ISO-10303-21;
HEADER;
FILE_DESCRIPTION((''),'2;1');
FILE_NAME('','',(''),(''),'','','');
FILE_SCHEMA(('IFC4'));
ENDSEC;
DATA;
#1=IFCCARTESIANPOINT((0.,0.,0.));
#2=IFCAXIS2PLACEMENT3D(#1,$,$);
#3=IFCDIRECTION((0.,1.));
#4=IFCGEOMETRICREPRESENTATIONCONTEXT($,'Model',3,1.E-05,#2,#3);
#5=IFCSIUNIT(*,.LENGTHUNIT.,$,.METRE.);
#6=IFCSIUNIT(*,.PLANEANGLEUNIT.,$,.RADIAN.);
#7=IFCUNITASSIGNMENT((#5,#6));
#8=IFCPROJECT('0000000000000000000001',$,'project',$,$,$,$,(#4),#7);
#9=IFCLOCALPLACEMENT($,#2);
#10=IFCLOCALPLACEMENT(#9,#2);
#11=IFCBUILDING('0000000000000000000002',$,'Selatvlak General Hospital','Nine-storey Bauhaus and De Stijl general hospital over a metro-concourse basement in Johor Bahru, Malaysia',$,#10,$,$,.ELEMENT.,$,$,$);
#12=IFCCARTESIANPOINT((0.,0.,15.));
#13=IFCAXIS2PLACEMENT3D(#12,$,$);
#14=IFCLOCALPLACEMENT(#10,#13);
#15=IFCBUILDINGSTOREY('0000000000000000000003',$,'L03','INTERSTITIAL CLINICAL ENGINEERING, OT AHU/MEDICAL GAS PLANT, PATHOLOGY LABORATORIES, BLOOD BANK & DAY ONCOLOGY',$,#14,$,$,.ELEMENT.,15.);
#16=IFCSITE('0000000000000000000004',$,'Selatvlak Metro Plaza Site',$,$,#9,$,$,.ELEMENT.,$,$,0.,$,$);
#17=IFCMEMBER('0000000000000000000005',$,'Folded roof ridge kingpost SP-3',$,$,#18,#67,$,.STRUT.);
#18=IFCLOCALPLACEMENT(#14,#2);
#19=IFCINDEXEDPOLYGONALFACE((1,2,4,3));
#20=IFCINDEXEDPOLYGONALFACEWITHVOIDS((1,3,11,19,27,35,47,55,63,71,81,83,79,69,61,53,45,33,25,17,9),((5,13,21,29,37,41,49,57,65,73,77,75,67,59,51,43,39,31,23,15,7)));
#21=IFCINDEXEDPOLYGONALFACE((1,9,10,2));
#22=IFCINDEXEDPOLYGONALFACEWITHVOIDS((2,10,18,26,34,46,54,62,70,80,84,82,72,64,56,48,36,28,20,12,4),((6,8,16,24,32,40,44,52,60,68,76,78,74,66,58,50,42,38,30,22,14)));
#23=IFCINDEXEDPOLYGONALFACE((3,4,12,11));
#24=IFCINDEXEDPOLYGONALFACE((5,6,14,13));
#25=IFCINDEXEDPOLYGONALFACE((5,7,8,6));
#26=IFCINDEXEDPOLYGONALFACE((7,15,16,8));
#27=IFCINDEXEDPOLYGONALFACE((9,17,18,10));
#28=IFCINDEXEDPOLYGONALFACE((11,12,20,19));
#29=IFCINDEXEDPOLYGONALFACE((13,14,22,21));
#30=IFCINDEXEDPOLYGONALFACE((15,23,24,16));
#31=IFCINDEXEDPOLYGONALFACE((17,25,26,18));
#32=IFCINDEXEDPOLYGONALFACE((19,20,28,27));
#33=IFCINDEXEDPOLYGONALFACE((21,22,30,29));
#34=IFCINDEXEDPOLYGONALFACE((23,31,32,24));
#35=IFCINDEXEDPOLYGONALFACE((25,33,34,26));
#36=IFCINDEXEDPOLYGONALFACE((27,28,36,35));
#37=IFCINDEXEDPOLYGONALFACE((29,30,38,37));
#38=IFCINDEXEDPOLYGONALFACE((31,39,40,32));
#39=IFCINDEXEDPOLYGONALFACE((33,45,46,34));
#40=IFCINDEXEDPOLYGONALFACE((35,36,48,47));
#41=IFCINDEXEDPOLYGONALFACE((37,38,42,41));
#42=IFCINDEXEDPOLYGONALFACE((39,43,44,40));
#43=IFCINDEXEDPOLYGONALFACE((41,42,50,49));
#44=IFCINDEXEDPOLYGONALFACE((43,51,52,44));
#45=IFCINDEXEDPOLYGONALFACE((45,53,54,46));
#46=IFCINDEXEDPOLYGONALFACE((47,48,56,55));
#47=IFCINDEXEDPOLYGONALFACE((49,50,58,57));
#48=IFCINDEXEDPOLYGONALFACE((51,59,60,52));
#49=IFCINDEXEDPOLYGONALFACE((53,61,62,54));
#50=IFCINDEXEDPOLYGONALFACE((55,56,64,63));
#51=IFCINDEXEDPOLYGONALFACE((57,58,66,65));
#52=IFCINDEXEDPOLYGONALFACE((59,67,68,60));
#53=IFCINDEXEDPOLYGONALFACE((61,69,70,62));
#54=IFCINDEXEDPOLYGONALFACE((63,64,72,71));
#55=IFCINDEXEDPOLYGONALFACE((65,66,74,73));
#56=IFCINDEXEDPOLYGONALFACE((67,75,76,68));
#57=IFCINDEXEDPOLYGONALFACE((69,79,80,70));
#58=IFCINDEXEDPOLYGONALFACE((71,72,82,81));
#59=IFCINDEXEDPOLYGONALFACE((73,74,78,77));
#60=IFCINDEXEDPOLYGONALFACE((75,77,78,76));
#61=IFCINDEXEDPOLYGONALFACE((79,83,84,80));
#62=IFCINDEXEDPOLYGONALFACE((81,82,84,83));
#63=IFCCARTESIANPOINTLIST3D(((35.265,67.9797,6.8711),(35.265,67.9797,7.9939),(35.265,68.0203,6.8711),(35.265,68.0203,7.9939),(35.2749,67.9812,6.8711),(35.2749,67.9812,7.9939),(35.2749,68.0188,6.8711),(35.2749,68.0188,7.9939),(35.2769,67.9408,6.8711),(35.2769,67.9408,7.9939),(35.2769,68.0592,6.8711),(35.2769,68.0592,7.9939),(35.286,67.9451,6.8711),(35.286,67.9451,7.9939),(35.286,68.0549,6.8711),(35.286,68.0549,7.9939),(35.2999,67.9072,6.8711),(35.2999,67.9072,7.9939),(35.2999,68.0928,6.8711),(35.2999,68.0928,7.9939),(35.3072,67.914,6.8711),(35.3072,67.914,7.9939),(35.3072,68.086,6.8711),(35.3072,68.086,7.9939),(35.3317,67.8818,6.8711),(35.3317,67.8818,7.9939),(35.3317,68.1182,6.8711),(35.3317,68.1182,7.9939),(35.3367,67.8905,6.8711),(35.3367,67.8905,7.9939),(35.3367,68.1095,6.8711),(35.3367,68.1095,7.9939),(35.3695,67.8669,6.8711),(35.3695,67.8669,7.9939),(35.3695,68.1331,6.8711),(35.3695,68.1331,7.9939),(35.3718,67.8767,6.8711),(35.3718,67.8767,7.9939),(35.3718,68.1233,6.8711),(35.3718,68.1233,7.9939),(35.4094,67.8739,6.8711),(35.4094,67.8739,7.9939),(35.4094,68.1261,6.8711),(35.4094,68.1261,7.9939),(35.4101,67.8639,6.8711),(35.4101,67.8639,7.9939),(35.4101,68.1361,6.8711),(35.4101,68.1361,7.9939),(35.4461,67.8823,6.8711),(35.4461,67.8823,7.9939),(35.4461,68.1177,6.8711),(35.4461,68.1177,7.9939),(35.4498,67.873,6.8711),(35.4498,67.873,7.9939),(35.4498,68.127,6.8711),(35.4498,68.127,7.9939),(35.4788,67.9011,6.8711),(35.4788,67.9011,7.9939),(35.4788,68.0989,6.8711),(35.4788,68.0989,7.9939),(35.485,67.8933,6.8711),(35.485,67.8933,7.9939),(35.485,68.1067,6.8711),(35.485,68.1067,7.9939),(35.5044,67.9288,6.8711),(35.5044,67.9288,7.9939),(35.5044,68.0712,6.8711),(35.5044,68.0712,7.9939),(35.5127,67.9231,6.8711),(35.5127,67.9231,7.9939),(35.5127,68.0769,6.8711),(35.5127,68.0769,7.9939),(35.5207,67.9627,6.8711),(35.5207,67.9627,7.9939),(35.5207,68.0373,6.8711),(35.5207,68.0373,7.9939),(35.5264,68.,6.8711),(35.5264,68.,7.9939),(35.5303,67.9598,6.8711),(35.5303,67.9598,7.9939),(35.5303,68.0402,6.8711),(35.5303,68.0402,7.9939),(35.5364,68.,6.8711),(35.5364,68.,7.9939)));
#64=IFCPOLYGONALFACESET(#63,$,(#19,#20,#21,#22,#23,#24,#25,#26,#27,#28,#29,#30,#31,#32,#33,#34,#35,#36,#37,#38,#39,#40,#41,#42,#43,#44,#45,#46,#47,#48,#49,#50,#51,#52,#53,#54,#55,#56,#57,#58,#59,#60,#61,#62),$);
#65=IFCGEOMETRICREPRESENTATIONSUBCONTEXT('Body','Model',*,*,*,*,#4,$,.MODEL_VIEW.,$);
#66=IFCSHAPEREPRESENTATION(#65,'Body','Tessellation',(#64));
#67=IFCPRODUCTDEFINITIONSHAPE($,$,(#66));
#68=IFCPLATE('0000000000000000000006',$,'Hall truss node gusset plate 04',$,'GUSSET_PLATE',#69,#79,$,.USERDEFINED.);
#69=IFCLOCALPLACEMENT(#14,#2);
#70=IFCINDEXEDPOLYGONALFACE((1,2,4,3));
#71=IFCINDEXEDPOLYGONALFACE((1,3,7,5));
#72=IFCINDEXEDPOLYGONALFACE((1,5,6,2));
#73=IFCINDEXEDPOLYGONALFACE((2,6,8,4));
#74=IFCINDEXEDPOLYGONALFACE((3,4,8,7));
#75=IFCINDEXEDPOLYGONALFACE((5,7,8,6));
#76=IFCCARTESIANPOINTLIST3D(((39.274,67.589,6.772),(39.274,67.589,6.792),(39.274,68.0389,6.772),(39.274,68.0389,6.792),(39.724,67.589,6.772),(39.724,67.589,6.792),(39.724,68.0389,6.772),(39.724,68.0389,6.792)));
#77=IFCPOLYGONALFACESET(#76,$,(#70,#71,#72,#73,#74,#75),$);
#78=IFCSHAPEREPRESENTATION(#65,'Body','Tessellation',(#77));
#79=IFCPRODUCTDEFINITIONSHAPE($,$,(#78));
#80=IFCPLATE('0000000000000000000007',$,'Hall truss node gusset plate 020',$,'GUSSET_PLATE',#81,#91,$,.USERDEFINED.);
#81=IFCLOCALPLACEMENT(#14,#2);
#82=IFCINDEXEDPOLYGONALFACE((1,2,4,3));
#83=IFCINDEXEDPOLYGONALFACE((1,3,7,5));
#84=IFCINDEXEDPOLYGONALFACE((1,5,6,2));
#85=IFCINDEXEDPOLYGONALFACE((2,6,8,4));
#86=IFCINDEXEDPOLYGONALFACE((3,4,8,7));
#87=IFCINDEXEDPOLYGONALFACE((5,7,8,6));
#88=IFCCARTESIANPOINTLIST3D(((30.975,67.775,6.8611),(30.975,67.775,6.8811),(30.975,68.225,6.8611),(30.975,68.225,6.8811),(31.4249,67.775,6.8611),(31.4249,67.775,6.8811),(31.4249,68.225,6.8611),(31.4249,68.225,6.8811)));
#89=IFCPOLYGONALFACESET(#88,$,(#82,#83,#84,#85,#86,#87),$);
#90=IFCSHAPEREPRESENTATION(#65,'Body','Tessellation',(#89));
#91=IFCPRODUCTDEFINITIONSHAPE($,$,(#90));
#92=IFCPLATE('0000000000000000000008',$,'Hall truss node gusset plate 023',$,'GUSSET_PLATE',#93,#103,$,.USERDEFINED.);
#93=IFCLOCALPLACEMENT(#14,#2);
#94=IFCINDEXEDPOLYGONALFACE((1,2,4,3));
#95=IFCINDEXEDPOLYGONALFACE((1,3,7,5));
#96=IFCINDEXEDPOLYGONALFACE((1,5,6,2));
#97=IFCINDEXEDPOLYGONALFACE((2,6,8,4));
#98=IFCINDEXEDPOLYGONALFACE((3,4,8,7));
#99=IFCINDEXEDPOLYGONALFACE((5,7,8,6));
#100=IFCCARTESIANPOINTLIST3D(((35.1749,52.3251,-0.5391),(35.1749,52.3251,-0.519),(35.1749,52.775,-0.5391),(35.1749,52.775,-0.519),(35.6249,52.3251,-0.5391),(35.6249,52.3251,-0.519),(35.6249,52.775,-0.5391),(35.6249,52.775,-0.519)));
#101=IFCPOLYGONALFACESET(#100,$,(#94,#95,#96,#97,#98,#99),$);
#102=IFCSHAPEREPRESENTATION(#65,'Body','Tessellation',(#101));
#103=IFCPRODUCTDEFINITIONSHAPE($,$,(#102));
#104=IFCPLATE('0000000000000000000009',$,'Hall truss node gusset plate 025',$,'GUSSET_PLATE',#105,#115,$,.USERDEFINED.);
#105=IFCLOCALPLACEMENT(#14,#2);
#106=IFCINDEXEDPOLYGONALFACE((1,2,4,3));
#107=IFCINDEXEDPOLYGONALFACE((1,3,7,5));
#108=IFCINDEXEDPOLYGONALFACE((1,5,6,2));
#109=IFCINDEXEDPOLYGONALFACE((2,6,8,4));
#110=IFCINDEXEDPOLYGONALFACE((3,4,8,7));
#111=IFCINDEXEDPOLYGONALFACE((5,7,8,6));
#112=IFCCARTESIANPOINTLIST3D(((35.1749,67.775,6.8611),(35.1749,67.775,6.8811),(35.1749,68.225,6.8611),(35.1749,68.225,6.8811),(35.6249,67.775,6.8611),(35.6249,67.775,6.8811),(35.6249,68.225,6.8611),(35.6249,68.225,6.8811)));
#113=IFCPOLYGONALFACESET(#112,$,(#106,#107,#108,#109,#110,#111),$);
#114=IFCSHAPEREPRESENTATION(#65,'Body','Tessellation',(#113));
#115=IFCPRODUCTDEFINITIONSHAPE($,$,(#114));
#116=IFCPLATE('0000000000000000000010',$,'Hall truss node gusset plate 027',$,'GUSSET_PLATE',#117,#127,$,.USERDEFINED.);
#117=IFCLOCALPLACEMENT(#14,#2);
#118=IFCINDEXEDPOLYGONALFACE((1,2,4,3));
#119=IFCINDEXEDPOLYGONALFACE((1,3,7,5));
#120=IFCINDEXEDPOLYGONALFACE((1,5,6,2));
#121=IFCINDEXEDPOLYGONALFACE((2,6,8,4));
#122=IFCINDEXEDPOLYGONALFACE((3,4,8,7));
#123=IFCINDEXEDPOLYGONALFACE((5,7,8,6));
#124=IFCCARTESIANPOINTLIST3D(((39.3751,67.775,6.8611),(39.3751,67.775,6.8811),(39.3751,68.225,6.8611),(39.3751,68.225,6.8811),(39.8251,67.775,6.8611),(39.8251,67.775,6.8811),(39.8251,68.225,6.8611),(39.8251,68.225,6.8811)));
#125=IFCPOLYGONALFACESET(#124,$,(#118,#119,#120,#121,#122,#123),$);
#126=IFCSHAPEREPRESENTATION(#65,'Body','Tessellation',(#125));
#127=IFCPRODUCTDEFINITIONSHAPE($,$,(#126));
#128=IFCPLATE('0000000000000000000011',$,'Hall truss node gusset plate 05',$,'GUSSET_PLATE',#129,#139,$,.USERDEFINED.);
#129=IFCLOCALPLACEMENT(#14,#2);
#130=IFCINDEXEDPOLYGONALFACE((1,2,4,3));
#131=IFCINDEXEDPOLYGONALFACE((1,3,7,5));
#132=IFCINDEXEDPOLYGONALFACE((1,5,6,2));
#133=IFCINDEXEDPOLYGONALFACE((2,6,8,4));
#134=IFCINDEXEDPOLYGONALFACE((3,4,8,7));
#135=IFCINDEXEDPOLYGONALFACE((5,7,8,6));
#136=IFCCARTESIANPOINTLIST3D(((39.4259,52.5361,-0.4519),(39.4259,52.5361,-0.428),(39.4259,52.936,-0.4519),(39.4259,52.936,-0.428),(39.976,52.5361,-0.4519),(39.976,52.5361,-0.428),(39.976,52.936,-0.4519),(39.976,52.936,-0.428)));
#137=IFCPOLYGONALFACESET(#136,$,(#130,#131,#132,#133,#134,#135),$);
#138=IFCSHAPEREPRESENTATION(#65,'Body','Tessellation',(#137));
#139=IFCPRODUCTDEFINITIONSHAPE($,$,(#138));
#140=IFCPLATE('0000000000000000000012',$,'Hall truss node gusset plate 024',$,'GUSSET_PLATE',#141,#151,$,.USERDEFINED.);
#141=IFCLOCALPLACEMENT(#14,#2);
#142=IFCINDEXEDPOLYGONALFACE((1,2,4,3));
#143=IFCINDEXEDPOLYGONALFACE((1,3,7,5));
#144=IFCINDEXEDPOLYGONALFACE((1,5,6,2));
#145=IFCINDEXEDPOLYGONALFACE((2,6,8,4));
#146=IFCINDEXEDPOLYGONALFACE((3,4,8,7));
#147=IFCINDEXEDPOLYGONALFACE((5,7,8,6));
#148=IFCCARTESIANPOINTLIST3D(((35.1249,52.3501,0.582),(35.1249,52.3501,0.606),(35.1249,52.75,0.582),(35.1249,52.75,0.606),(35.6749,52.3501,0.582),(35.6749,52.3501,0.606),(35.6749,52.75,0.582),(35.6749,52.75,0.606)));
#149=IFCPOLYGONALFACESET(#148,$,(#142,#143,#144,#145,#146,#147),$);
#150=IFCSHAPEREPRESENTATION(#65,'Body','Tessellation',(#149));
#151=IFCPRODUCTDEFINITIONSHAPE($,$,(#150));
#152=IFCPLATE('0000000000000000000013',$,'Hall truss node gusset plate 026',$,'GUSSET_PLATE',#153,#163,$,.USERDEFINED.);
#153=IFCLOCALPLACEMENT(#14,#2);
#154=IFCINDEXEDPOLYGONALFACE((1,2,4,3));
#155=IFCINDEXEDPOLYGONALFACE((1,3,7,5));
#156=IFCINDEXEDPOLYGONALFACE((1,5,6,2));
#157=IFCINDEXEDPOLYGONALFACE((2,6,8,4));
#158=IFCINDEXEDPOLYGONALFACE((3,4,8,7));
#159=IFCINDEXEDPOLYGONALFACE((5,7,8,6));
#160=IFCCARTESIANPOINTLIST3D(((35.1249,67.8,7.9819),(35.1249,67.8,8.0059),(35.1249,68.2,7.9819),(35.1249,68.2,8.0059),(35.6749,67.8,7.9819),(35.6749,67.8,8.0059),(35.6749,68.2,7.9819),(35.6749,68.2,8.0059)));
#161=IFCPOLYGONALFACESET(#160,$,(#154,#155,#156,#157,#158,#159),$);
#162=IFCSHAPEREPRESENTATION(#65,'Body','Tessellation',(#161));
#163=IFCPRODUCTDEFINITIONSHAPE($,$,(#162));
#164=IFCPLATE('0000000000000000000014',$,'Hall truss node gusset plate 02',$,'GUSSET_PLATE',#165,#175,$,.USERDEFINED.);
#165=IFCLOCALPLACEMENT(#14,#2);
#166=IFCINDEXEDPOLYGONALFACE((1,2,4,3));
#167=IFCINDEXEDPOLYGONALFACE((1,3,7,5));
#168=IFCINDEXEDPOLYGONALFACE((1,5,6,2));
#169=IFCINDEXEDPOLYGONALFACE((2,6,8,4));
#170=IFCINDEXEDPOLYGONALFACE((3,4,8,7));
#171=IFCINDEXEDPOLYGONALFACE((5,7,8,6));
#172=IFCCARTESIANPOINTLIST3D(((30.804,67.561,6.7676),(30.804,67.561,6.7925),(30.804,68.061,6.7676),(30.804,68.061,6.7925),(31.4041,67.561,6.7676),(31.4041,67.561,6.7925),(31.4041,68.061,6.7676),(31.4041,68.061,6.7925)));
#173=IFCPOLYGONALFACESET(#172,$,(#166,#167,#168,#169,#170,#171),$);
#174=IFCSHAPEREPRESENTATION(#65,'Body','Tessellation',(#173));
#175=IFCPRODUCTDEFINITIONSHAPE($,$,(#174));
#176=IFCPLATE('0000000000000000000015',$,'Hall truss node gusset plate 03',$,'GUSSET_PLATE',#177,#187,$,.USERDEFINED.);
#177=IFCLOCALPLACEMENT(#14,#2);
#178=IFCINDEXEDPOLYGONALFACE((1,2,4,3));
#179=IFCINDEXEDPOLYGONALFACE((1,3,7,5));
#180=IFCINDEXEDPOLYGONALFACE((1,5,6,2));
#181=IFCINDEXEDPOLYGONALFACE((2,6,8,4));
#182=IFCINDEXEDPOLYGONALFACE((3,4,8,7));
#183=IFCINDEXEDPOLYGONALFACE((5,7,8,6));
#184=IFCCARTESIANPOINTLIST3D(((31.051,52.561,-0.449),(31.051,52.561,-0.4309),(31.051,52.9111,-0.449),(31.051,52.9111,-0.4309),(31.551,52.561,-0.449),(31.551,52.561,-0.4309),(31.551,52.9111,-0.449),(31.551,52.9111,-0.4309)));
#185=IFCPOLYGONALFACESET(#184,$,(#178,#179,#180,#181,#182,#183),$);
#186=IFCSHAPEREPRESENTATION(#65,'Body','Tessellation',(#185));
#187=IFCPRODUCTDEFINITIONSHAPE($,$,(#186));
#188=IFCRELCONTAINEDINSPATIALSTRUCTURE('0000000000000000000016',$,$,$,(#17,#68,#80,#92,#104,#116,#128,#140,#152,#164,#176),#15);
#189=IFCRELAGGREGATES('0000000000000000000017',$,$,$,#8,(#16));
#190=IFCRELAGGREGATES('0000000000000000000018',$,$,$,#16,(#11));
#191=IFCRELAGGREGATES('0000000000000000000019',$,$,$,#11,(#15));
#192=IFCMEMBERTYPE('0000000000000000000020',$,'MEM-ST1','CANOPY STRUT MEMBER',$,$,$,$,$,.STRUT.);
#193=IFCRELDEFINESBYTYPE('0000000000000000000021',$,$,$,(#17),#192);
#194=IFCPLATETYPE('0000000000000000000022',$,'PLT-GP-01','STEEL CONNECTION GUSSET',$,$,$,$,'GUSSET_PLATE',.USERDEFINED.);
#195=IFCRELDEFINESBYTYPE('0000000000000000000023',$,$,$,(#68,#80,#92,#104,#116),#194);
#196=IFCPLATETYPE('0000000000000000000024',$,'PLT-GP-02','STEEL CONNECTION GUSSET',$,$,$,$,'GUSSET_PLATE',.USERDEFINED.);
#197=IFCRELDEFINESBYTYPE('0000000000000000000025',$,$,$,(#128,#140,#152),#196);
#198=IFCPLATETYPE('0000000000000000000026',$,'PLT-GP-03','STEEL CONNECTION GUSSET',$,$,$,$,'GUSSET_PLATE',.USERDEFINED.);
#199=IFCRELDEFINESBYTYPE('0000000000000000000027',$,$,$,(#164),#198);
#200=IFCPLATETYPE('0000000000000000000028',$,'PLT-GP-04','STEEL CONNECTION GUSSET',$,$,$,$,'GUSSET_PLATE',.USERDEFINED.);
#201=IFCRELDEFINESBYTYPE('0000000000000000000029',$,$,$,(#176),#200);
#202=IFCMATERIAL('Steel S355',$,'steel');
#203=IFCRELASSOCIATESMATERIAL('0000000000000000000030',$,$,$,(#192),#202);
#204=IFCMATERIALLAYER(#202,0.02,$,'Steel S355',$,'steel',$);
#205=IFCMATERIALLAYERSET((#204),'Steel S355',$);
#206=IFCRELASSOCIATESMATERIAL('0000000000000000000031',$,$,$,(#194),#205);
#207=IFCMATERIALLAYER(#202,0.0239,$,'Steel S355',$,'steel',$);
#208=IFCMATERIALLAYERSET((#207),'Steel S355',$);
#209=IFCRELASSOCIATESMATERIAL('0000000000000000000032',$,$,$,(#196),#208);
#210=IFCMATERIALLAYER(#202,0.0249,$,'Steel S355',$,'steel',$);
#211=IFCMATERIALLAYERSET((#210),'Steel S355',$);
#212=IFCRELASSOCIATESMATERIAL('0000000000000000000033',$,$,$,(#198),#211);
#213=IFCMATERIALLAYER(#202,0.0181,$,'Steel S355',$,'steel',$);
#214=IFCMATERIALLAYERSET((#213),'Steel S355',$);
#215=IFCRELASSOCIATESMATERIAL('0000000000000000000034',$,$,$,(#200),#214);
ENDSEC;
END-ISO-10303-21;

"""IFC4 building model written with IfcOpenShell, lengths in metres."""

from ifc_helpers import new_model, si_unit, direction, frame, origin, origin_2d, place, context, subcontext, project, spatial, rectangle, hollow_circle, extrude, material, layer, layer_set, material_profile, profile_set, type_object, element, save


model = new_model("IFC4")

# Units and contexts
model_context = context("Model", 3, precision=1e-05, world=origin(), true_north=direction((0.0, 1.0)))
body_context = subcontext(model_context, "Body", "Model", "MODEL_VIEW")
ifc_project = project(units=[si_unit("LENGTHUNIT", "METRE"), si_unit("PLANEANGLEUNIT", "RADIAN")], contexts=[model_context])

# Site, building, storey
site_placement = place(None, origin())
site = spatial("IfcSite", under=ifc_project, at=site_placement, Name="Selatvlak Metro Plaza Site", CompositionType="ELEMENT", RefElevation=0.0)
building_placement = place(site_placement, origin())
building = spatial("IfcBuilding", under=site, at=building_placement, Name="Selatvlak General Hospital", Description="Nine-storey Bauhaus and De Stijl general hospital over a metro-concourse basement in Johor Bahru, Malaysia", CompositionType="ELEMENT")
storey_placement = place(building_placement, frame((0.0, 0.0, 15.0)))
storey = spatial("IfcBuildingStorey", under=building, at=storey_placement, Name="L03", Description="INTERSTITIAL CLINICAL ENGINEERING, OT AHU/MEDICAL GAS PLANT, PATHOLOGY LABORATORIES, BLOOD BANK & DAY ONCOLOGY", CompositionType="ELEMENT", Elevation=15.0)

# Shared definitions
ifc_material = material(Name="Steel S355", Category="steel")

# Member
ifc_material_profile_1 = material_profile(ifc_material, hollow_circle(Radius=0.1365, WallThickness=0.01, at=origin_2d()), Name="CHS 273.0x10")
ifc_profile_set_1 = profile_set([ifc_material_profile_1], Name="Steel S355")
member_type_1 = type_object("IfcMemberType", Name="MEM-ST1", Description="CANOPY STRUT MEMBER", PredefinedType="STRUT", material=ifc_profile_set_1)
member_1_placement = place(storey_placement, frame((35.3999, 68.0, 6.8711), z_axis=(0.0, 0.0, 1.0), x_axis=(1.0, 0.0, 0.0)))
element("IfcMember", 1, at=member_1_placement, inside=storey, type_object=member_type_1, Name="Folded roof ridge kingpost SP-3", PredefinedType="STRUT", context=body_context, shape_type="SweptSolid", body=[
    extrude(hollow_circle(Radius=0.1365, WallThickness=0.01, at=origin_2d()), origin(), (0.0, 0.0, 1.0), 1.1228),
])

# Plates
ifc_layer_1 = layer(ifc_material, 0.02, Name="Steel S355", Category="steel")
ifc_layer_set_1 = layer_set([ifc_layer_1], Name="Steel S355")
plate_type_1 = type_object("IfcPlateType", Name="PLT-GP-01", Description="STEEL CONNECTION GUSSET", ElementType="GUSSET_PLATE", PredefinedType="USERDEFINED", material=ifc_layer_set_1)
for number, where, z_axis, x_axis, name in (
    (2, (39.499, 67.814, 6.772), (0.0, 0.0, 1.0), (1.0, 0.0, 0.0), "Hall truss node gusset plate 04"),
    (3, (31.2, 68.0, 6.8611), (0.0, 0.0, 1.0), (1.0, 0.0, 0.0), "Hall truss node gusset plate 020"),
    (4, (35.3999, 52.55, -0.5391), (0.0, 0.0, 1.0), (1.0, 0.0, 0.0), "Hall truss node gusset plate 023"),
    (5, (35.3999, 68.0, 6.8611), (0.0, 0.0, 1.0), (1.0, 0.0, 0.0), "Hall truss node gusset plate 025"),
    (6, (39.6001, 68.0, 6.8611), (0.0, 0.0, 1.0), (1.0, 0.0, 0.0), "Hall truss node gusset plate 027"),
):
    element("IfcPlate", number, at=place(storey_placement, frame(where, z_axis=z_axis, x_axis=x_axis)), inside=storey, type_object=plate_type_1, Name=name, ObjectType="GUSSET_PLATE", PredefinedType="USERDEFINED", context=body_context, shape_type="SweptSolid", body=[
        extrude(rectangle(XDim=0.45, YDim=0.45, at=origin_2d()), origin(), (0.0, 0.0, 1.0), 0.02),
    ])
ifc_layer_2 = layer(ifc_material, 0.0239, Name="Steel S355", Category="steel")
ifc_layer_set_2 = layer_set([ifc_layer_2], Name="Steel S355")
plate_type_2 = type_object("IfcPlateType", Name="PLT-GP-02", Description="STEEL CONNECTION GUSSET", ElementType="GUSSET_PLATE", PredefinedType="USERDEFINED", material=ifc_layer_set_2)
for number, where, z_axis, x_axis, name in (
    (7, (39.7009, 52.7361, -0.4519), (0.0, 0.0, 1.0), (1.0, 0.0, 0.0), "Hall truss node gusset plate 05"),
    (8, (35.3999, 52.55, 0.582), (0.0, 0.0, 1.0), (1.0, 0.0, 0.0), "Hall truss node gusset plate 024"),
    (9, (35.3999, 68.0, 7.9819), (0.0, 0.0, 1.0), (1.0, 0.0, 0.0), "Hall truss node gusset plate 026"),
):
    element("IfcPlate", number, at=place(storey_placement, frame(where, z_axis=z_axis, x_axis=x_axis)), inside=storey, type_object=plate_type_2, Name=name, ObjectType="GUSSET_PLATE", PredefinedType="USERDEFINED", context=body_context, shape_type="SweptSolid", body=[
        extrude(rectangle(XDim=0.55, YDim=0.3999, at=origin_2d()), origin(), (0.0, 0.0, 1.0), 0.0239),
    ])
ifc_layer_3 = layer(ifc_material, 0.0249, Name="Steel S355", Category="steel")
ifc_layer_set_3 = layer_set([ifc_layer_3], Name="Steel S355")
plate_type_3 = type_object("IfcPlateType", Name="PLT-GP-03", Description="STEEL CONNECTION GUSSET", ElementType="GUSSET_PLATE", PredefinedType="USERDEFINED", material=ifc_layer_set_3)
plate_1_placement = place(storey_placement, frame((31.104, 67.811, 6.7676), z_axis=(0.0, 0.0, 1.0), x_axis=(1.0, 0.0, 0.0)))
element("IfcPlate", 10, at=plate_1_placement, inside=storey, type_object=plate_type_3, Name="Hall truss node gusset plate 02", ObjectType="GUSSET_PLATE", PredefinedType="USERDEFINED", context=body_context, shape_type="SweptSolid", body=[
    extrude(rectangle(XDim=0.6001, YDim=0.5, at=origin_2d()), origin(), (0.0, 0.0, 1.0), 0.0249),
])
ifc_layer_4 = layer(ifc_material, 0.0181, Name="Steel S355", Category="steel")
ifc_layer_set_4 = layer_set([ifc_layer_4], Name="Steel S355")
plate_type_4 = type_object("IfcPlateType", Name="PLT-GP-04", Description="STEEL CONNECTION GUSSET", ElementType="GUSSET_PLATE", PredefinedType="USERDEFINED", material=ifc_layer_set_4)
plate_2_placement = place(storey_placement, frame((31.301, 52.7361, -0.449), z_axis=(0.0, 0.0, 1.0), x_axis=(1.0, 0.0, 0.0)))
element("IfcPlate", 11, at=plate_2_placement, inside=storey, type_object=plate_type_4, Name="Hall truss node gusset plate 03", ObjectType="GUSSET_PLATE", PredefinedType="USERDEFINED", context=body_context, shape_type="SweptSolid", body=[
    extrude(rectangle(XDim=0.5, YDim=0.3501, at=origin_2d()), origin(), (0.0, 0.0, 1.0), 0.0181),
])

save(model, "model.ifc")
